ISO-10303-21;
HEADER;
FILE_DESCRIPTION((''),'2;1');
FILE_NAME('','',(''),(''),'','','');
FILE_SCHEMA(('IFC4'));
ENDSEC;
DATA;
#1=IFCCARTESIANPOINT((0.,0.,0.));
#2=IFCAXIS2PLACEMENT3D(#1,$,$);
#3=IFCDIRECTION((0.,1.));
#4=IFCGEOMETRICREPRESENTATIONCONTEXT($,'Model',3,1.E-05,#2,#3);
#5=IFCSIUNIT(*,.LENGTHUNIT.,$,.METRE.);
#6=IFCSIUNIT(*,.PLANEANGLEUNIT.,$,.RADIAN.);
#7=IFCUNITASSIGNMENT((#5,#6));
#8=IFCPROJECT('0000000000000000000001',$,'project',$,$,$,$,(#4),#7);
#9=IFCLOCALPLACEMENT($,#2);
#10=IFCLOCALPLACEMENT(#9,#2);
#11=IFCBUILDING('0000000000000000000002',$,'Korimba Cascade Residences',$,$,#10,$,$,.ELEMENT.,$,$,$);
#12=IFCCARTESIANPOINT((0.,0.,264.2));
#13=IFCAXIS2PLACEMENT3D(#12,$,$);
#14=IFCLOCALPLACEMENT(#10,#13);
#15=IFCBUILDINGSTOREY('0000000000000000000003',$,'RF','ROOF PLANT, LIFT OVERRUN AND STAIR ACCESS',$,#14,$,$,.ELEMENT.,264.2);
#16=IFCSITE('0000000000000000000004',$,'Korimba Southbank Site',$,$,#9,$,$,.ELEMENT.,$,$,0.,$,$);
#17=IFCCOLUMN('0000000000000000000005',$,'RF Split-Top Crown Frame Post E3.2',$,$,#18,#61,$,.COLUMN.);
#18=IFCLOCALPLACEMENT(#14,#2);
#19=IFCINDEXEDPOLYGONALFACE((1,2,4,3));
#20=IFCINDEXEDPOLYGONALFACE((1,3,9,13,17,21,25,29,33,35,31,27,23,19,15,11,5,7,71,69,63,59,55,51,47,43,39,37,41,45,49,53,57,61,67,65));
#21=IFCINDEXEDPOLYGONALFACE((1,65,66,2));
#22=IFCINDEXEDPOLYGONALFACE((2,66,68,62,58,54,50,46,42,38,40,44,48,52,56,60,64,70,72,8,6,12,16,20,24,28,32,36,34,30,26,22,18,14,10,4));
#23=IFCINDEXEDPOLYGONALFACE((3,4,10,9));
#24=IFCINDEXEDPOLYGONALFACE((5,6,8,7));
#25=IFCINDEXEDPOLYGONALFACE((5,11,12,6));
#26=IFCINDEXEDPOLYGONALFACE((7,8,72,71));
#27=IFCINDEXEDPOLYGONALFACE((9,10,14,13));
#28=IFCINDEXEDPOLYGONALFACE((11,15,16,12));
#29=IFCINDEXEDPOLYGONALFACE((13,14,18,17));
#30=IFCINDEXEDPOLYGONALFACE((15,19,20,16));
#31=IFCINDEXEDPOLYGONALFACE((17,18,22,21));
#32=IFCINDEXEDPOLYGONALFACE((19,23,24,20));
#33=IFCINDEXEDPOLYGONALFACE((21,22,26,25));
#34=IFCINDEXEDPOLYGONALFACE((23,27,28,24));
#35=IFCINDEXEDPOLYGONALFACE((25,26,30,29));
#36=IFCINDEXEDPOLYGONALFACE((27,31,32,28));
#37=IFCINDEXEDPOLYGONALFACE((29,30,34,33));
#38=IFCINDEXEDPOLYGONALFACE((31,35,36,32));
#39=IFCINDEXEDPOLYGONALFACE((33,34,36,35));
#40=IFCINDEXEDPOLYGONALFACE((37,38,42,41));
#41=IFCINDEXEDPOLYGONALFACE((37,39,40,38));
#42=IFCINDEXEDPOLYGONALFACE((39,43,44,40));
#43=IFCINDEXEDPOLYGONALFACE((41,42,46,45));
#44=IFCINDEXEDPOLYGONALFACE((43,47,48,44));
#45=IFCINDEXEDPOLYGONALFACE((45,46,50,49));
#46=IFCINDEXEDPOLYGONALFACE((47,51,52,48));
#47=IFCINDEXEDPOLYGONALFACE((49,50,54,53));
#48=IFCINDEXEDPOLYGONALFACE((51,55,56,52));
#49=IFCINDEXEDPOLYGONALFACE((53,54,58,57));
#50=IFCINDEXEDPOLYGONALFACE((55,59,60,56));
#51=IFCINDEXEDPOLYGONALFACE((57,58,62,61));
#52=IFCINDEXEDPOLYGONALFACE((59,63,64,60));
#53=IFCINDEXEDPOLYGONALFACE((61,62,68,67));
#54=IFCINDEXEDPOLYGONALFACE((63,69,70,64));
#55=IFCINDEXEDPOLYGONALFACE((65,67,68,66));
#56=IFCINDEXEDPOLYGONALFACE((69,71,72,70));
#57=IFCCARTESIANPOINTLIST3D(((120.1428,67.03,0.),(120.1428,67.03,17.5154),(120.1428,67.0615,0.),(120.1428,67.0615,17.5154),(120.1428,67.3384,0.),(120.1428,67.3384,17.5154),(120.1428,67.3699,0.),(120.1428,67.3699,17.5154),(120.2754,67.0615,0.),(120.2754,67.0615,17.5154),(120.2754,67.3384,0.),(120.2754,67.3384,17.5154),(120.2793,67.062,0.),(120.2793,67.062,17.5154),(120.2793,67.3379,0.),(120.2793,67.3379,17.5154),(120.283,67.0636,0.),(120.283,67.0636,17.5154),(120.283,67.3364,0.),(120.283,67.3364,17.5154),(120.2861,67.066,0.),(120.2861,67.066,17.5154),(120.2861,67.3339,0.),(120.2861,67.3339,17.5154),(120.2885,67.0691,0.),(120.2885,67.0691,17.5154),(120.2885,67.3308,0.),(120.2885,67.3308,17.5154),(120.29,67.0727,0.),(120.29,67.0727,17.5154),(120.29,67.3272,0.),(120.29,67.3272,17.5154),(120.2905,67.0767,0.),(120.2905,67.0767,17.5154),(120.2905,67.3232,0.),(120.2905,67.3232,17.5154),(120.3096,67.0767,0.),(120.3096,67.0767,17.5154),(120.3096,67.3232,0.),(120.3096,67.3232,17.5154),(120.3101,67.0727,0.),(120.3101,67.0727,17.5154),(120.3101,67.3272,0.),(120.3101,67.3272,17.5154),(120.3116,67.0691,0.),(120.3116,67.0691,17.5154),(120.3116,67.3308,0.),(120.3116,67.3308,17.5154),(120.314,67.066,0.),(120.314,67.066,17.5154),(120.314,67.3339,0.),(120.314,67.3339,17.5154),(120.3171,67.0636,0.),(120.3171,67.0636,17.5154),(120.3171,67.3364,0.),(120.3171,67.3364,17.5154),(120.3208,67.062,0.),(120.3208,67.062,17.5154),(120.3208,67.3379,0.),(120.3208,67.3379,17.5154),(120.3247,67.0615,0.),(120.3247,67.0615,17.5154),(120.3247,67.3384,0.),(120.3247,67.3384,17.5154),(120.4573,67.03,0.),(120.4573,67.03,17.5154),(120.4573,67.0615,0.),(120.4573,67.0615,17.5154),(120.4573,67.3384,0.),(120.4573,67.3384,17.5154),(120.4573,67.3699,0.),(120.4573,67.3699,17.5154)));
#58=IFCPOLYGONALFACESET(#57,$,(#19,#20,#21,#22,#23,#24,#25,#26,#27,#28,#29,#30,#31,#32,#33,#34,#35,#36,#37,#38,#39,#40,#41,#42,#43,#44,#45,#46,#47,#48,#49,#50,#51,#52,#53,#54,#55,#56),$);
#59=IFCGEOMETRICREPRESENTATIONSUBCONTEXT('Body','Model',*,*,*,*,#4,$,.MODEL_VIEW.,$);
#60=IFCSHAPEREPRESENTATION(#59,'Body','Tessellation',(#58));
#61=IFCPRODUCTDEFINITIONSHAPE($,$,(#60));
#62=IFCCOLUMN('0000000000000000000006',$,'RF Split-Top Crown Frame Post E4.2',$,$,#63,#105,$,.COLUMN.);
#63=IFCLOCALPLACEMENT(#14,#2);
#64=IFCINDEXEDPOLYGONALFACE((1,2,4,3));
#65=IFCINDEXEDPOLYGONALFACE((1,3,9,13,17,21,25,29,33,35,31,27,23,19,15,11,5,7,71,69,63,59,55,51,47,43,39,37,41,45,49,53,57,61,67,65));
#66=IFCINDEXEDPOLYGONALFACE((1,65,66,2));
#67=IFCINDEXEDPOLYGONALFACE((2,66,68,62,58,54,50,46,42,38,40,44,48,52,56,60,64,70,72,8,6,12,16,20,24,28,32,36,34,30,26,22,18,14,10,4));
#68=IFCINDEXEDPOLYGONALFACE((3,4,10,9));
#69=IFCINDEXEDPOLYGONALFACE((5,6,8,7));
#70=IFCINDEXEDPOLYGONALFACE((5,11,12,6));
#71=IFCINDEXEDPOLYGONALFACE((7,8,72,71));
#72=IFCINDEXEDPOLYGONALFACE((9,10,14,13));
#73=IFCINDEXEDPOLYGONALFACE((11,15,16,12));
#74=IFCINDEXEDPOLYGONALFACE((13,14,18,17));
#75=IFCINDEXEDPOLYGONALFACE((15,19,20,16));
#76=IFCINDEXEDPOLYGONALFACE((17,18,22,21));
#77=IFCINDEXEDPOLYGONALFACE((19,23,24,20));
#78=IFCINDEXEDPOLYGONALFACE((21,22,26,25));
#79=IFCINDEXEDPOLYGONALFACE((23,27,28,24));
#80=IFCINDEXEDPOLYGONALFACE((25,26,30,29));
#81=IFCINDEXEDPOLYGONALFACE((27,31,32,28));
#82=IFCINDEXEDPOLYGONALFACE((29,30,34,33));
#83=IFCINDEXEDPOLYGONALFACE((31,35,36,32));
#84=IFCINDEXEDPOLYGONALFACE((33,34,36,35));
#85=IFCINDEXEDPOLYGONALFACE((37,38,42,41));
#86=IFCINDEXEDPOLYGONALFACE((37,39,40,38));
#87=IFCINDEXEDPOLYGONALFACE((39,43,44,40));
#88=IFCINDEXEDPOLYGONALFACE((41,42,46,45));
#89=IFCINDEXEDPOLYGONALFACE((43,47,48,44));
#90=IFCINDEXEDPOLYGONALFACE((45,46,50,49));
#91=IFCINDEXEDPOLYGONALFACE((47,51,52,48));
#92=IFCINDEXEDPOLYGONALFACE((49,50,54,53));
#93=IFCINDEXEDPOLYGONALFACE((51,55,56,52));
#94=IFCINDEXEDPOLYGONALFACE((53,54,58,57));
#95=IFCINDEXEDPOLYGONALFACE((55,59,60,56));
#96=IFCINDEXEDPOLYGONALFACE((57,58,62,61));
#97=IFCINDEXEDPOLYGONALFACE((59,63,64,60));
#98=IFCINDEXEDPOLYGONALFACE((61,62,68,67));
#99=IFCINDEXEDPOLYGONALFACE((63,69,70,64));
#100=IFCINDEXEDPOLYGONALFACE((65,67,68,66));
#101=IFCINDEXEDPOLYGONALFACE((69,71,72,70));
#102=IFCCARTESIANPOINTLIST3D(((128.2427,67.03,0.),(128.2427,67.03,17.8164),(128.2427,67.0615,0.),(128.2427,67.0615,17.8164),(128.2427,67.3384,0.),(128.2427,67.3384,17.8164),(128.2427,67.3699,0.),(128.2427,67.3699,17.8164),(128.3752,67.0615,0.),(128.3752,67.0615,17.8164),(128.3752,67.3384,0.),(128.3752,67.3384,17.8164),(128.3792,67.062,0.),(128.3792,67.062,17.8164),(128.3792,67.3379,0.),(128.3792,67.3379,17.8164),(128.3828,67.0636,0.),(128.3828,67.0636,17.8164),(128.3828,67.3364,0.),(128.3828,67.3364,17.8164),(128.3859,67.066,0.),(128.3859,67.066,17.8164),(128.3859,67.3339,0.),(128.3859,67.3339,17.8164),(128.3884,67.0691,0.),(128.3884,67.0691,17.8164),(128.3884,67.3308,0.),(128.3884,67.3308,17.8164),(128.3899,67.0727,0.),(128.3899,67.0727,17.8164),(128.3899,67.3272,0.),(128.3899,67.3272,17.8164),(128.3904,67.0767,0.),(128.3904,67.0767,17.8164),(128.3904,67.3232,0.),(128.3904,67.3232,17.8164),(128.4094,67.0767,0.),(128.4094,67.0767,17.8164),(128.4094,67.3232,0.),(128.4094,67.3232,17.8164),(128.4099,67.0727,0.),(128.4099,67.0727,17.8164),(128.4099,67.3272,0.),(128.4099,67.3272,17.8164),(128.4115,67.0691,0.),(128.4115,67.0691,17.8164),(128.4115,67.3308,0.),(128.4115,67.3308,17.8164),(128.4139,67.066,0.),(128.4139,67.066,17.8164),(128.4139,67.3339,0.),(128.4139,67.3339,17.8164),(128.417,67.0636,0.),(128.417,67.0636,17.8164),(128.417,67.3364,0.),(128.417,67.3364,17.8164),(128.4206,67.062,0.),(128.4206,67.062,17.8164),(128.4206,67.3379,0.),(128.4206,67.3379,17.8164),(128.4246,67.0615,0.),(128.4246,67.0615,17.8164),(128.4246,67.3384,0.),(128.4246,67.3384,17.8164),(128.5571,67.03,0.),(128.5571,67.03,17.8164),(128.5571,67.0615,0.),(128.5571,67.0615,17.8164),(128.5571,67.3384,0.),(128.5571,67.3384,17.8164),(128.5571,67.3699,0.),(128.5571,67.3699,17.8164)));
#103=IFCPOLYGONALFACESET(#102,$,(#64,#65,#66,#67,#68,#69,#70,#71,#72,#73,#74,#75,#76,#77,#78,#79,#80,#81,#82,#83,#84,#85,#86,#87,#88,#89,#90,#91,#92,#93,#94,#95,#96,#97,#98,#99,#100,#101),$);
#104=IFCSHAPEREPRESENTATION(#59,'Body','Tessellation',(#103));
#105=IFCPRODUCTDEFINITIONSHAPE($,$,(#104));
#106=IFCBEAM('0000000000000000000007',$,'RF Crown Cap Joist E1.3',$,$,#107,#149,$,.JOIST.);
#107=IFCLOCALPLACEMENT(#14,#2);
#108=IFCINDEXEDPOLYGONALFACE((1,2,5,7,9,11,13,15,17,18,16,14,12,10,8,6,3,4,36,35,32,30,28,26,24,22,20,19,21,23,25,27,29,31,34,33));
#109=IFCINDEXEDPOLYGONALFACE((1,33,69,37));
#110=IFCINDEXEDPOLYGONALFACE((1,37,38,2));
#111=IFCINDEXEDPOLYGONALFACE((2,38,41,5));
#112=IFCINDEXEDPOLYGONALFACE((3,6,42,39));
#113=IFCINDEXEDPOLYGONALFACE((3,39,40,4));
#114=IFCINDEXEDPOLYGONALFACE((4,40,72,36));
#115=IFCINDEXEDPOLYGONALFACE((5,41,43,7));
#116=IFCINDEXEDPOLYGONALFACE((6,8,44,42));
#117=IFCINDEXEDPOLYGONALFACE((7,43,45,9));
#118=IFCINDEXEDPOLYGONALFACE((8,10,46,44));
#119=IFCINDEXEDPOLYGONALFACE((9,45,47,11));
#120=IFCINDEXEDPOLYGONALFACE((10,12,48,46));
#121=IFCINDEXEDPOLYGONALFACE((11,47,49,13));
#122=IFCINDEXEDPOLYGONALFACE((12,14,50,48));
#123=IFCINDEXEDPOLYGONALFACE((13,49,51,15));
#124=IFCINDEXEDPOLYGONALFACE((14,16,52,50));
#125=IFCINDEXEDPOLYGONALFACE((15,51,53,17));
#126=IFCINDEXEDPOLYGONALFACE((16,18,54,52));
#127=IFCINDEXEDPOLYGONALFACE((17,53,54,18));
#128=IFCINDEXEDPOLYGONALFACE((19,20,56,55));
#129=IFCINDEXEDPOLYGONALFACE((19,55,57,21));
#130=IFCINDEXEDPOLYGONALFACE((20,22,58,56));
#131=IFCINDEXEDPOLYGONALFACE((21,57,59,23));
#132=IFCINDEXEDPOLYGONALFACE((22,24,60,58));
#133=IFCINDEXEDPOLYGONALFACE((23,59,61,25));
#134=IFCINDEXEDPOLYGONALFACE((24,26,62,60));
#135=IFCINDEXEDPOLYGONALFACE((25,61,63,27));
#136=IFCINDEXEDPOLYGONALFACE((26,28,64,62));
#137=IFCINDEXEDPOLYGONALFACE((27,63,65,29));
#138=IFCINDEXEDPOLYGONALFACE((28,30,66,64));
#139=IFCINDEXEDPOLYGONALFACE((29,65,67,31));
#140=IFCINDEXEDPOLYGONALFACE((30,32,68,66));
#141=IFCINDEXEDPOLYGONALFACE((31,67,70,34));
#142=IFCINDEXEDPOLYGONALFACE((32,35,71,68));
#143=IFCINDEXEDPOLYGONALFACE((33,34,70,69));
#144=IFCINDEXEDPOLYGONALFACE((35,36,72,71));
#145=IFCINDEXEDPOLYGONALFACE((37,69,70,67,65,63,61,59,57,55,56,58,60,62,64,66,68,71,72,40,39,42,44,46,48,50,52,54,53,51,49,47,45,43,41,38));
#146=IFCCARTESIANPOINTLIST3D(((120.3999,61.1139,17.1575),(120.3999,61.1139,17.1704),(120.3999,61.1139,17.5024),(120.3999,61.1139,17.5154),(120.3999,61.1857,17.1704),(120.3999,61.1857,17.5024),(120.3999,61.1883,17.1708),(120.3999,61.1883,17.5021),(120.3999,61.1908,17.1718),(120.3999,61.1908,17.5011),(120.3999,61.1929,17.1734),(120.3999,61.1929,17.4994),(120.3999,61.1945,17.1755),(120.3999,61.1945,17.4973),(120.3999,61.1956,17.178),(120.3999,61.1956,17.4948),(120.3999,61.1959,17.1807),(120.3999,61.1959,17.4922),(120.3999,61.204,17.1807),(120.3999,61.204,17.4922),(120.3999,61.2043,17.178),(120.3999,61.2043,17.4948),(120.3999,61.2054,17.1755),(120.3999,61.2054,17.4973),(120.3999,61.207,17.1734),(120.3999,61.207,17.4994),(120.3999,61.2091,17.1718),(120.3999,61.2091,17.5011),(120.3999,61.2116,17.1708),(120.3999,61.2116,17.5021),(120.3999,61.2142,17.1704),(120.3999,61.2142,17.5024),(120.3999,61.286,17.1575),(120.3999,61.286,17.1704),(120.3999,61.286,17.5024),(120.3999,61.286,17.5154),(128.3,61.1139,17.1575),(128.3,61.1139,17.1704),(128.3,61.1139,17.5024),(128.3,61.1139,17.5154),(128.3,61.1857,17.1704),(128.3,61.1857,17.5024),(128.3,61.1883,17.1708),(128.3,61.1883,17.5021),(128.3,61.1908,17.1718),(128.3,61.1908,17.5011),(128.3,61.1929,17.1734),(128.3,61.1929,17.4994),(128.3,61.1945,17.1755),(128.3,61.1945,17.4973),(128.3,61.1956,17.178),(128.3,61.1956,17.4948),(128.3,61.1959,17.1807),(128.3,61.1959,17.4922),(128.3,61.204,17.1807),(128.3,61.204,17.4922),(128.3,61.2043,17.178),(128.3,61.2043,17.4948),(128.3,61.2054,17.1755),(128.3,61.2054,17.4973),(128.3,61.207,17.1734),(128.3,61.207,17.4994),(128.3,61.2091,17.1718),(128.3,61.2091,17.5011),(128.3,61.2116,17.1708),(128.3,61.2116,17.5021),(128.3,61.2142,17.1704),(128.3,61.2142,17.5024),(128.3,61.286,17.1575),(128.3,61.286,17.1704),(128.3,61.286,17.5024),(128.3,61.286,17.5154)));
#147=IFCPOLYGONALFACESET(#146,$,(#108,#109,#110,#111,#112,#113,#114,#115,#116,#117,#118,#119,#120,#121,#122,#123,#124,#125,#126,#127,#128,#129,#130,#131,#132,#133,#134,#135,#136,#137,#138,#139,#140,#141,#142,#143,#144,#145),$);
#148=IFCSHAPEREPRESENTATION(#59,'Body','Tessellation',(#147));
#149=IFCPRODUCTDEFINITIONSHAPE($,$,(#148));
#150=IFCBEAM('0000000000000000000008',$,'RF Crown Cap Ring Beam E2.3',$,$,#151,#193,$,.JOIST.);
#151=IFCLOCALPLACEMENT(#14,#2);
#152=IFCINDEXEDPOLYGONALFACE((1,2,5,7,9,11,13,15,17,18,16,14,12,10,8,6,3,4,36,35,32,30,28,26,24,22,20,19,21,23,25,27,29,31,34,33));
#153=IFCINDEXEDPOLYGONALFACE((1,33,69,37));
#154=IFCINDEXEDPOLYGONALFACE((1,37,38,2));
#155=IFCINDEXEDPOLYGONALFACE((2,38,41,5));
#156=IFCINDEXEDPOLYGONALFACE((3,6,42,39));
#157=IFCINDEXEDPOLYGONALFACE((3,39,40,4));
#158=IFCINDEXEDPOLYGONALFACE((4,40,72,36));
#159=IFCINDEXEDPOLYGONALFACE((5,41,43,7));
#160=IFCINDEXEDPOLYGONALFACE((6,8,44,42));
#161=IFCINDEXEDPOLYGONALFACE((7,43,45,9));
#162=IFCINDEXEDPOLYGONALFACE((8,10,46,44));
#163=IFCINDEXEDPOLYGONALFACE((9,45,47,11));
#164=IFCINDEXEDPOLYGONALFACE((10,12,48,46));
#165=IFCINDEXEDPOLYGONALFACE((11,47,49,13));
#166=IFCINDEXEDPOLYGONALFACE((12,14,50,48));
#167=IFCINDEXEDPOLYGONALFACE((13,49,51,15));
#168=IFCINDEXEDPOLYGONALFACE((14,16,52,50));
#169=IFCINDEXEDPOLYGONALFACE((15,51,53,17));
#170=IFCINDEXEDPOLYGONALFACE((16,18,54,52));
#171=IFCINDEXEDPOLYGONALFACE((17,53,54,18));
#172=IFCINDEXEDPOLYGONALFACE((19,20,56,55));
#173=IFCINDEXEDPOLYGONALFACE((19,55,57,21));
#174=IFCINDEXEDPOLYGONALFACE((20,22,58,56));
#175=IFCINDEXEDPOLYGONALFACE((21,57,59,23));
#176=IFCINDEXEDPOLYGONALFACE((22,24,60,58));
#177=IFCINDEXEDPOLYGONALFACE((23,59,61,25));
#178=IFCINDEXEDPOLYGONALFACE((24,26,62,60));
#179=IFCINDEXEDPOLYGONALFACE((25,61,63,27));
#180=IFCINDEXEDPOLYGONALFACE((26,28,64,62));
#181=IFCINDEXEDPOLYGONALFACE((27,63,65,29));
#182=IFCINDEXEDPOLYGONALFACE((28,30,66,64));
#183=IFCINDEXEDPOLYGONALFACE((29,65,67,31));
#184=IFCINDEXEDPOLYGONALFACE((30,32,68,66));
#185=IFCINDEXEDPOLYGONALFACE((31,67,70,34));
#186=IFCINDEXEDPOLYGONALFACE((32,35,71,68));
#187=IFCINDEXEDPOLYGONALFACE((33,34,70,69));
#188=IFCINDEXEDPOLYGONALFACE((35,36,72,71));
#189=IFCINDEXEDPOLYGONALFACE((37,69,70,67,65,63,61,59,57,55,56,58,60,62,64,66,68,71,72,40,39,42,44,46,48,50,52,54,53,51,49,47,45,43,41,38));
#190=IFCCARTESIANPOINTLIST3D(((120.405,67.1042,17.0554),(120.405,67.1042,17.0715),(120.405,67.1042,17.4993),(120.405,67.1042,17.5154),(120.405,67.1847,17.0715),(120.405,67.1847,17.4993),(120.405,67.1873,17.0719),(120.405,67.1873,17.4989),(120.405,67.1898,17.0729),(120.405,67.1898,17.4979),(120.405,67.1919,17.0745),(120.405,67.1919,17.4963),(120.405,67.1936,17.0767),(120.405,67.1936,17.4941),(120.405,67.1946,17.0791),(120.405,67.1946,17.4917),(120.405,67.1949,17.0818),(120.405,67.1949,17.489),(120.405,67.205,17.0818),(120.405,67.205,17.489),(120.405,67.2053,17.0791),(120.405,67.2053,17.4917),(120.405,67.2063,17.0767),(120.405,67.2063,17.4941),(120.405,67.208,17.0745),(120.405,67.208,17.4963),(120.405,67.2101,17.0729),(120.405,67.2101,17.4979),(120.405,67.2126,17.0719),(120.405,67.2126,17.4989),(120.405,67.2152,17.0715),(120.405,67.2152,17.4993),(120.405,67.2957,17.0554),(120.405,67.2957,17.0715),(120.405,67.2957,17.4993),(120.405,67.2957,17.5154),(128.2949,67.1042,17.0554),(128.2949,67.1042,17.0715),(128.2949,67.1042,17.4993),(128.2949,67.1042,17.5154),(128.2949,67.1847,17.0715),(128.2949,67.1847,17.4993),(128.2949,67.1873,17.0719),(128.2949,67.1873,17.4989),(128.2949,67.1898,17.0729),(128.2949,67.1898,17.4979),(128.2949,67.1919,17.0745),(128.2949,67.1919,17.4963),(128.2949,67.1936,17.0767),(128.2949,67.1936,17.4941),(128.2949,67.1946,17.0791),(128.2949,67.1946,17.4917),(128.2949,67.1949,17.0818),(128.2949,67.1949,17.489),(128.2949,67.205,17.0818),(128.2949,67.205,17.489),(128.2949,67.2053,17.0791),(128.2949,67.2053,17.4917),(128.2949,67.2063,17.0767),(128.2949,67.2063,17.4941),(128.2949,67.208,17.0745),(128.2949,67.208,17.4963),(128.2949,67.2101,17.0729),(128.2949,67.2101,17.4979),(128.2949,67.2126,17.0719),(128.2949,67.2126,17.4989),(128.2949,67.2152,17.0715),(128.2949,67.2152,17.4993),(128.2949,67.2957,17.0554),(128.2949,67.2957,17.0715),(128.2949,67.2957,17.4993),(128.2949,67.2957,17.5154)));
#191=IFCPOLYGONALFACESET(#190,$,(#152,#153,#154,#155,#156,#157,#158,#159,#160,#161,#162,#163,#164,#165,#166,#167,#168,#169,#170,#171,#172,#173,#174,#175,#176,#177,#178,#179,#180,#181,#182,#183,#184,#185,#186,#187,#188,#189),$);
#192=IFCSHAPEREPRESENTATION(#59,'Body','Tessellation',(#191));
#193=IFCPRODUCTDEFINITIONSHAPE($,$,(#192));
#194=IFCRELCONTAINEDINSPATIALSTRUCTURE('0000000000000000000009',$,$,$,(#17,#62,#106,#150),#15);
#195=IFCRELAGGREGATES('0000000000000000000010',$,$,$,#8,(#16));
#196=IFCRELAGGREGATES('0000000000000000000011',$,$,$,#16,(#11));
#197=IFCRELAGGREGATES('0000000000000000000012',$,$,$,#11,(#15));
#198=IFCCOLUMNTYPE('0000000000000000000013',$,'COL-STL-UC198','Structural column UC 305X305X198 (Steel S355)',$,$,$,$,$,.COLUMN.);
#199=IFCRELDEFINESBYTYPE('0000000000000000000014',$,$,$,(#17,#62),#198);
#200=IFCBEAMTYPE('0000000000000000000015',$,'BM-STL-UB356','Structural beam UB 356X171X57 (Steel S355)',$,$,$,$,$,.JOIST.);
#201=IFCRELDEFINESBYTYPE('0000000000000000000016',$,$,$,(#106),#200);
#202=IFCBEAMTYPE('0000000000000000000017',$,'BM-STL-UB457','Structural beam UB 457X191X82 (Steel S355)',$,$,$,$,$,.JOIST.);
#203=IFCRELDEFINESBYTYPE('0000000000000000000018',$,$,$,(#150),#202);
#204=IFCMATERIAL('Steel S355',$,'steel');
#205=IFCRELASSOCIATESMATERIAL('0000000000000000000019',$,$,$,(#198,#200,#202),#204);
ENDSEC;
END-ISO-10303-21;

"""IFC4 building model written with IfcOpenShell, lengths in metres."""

from ifc_helpers import new_model, si_unit, direction, frame, origin, origin_2d, place, context, subcontext, project, spatial, i_section, extrude, material, material_profile, profile_set, type_object, element, save


model = new_model("IFC4")

# Units and contexts
model_context = context("Model", 3, precision=1e-05, world=origin(), true_north=direction((0.0, 1.0)))
body_context = subcontext(model_context, "Body", "Model", "MODEL_VIEW")
ifc_project = project(units=[si_unit("LENGTHUNIT", "METRE"), si_unit("PLANEANGLEUNIT", "RADIAN")], contexts=[model_context])

# Site, building, storey
site_placement = place(None, origin())
site = spatial("IfcSite", under=ifc_project, at=site_placement, Name="Korimba Southbank Site", CompositionType="ELEMENT", RefElevation=0.0)
building_placement = place(site_placement, origin())
building = spatial("IfcBuilding", under=site, at=building_placement, Name="Korimba Cascade Residences", CompositionType="ELEMENT")
storey_placement = place(building_placement, frame((0.0, 0.0, 264.2)))
storey = spatial("IfcBuildingStorey", under=building, at=storey_placement, Name="RF", Description="ROOF PLANT, LIFT OVERRUN AND STAIR ACCESS", CompositionType="ELEMENT", Elevation=264.2)

# Columns
ifc_material_1 = material(Name="Steel S355", Category="steel")
ifc_material_profile_1 = material_profile(ifc_material_1, i_section(OverallWidth=0.3145, OverallDepth=0.3398, WebThickness=0.019, FlangeThickness=0.0315, FilletRadius=0.0151, at=origin_2d()), Name="Steel S355")
ifc_profile_set_1 = profile_set([ifc_material_profile_1], Name="Steel S355")
column_type = type_object("IfcColumnType", Name="COL-STL-UC198", Description="Structural column UC 305X305X198 (Steel S355)", PredefinedType="COLUMN", material=ifc_profile_set_1)
column_1_placement = place(storey_placement, frame((120.3, 67.2, 0.0), z_axis=(0.0, 0.0, 1.0), x_axis=(1.0, 0.0, 0.0)))
element("IfcColumn", 1, at=column_1_placement, inside=storey, type_object=column_type, Name="RF Split-Top Crown Frame Post E3.2", PredefinedType="COLUMN", context=body_context, shape_type="SweptSolid", body=[
    extrude(i_section(OverallWidth=0.3145, OverallDepth=0.3398, WebThickness=0.019, FlangeThickness=0.0315, FilletRadius=0.0151, at=origin_2d()), origin(), (0.0, 0.0, 1.0), 17.5154),
])
column_2_placement = place(storey_placement, frame((128.3999, 67.2, 0.0), z_axis=(0.0, 0.0, 1.0), x_axis=(1.0, 0.0, 0.0)))
element("IfcColumn", 2, at=column_2_placement, inside=storey, type_object=column_type, Name="RF Split-Top Crown Frame Post E4.2", PredefinedType="COLUMN", context=body_context, shape_type="SweptSolid", body=[
    extrude(i_section(OverallWidth=0.3145, OverallDepth=0.3398, WebThickness=0.019, FlangeThickness=0.0315, FilletRadius=0.0151, at=origin_2d()), origin(), (0.0, 0.0, 1.0), 17.8164),
])

# Beams
ifc_material_profile_2 = material_profile(ifc_material_1, i_section(OverallWidth=0.1721, OverallDepth=0.3579, WebThickness=0.0081, FlangeThickness=0.0129, FilletRadius=0.0103, at=origin_2d()), Name="Steel S355")
ifc_profile_set_2 = profile_set([ifc_material_profile_2], Name="Steel S355")
beam_type_1 = type_object("IfcBeamType", Name="BM-STL-UB356", Description="Structural beam UB 356X171X57 (Steel S355)", PredefinedType="JOIST", material=ifc_profile_set_2)
beam_1_placement = place(storey_placement, frame((120.3999, 61.2, 17.3364), z_axis=(1.0, 0.0, 0.0), x_axis=(0.0, 1.0, 0.0)))
element("IfcBeam", 3, at=beam_1_placement, inside=storey, type_object=beam_type_1, Name="RF Crown Cap Joist E1.3", PredefinedType="JOIST", context=body_context, shape_type="SweptSolid", body=[
    extrude(i_section(OverallWidth=0.1721, OverallDepth=0.3579, WebThickness=0.0081, FlangeThickness=0.0129, FilletRadius=0.0103, at=origin_2d()), origin(), (0.0, 0.0, 1.0), 7.9001),
])
ifc_material_profile_3 = material_profile(ifc_material_1, i_section(OverallWidth=0.1914, OverallDepth=0.46, WebThickness=0.01, FlangeThickness=0.0161, FilletRadius=0.0103, at=origin_2d()), Name="Steel S355")
ifc_profile_set_3 = profile_set([ifc_material_profile_3], Name="Steel S355")
beam_type_2 = type_object("IfcBeamType", Name="BM-STL-UB457", Description="Structural beam UB 457X191X82 (Steel S355)", PredefinedType="JOIST", material=ifc_profile_set_3)
beam_2_placement = place(storey_placement, frame((120.405, 67.2, 17.2854), z_axis=(1.0, 0.0, 0.0), x_axis=(0.0, 1.0, 0.0)))
element("IfcBeam", 4, at=beam_2_placement, inside=storey, type_object=beam_type_2, Name="RF Crown Cap Ring Beam E2.3", PredefinedType="JOIST", context=body_context, shape_type="SweptSolid", body=[
    extrude(i_section(OverallWidth=0.1914, OverallDepth=0.46, WebThickness=0.01, FlangeThickness=0.0161, FilletRadius=0.0103, at=origin_2d()), origin(), (0.0, 0.0, 1.0), 7.8899),
])

save(model, "model.ifc")
